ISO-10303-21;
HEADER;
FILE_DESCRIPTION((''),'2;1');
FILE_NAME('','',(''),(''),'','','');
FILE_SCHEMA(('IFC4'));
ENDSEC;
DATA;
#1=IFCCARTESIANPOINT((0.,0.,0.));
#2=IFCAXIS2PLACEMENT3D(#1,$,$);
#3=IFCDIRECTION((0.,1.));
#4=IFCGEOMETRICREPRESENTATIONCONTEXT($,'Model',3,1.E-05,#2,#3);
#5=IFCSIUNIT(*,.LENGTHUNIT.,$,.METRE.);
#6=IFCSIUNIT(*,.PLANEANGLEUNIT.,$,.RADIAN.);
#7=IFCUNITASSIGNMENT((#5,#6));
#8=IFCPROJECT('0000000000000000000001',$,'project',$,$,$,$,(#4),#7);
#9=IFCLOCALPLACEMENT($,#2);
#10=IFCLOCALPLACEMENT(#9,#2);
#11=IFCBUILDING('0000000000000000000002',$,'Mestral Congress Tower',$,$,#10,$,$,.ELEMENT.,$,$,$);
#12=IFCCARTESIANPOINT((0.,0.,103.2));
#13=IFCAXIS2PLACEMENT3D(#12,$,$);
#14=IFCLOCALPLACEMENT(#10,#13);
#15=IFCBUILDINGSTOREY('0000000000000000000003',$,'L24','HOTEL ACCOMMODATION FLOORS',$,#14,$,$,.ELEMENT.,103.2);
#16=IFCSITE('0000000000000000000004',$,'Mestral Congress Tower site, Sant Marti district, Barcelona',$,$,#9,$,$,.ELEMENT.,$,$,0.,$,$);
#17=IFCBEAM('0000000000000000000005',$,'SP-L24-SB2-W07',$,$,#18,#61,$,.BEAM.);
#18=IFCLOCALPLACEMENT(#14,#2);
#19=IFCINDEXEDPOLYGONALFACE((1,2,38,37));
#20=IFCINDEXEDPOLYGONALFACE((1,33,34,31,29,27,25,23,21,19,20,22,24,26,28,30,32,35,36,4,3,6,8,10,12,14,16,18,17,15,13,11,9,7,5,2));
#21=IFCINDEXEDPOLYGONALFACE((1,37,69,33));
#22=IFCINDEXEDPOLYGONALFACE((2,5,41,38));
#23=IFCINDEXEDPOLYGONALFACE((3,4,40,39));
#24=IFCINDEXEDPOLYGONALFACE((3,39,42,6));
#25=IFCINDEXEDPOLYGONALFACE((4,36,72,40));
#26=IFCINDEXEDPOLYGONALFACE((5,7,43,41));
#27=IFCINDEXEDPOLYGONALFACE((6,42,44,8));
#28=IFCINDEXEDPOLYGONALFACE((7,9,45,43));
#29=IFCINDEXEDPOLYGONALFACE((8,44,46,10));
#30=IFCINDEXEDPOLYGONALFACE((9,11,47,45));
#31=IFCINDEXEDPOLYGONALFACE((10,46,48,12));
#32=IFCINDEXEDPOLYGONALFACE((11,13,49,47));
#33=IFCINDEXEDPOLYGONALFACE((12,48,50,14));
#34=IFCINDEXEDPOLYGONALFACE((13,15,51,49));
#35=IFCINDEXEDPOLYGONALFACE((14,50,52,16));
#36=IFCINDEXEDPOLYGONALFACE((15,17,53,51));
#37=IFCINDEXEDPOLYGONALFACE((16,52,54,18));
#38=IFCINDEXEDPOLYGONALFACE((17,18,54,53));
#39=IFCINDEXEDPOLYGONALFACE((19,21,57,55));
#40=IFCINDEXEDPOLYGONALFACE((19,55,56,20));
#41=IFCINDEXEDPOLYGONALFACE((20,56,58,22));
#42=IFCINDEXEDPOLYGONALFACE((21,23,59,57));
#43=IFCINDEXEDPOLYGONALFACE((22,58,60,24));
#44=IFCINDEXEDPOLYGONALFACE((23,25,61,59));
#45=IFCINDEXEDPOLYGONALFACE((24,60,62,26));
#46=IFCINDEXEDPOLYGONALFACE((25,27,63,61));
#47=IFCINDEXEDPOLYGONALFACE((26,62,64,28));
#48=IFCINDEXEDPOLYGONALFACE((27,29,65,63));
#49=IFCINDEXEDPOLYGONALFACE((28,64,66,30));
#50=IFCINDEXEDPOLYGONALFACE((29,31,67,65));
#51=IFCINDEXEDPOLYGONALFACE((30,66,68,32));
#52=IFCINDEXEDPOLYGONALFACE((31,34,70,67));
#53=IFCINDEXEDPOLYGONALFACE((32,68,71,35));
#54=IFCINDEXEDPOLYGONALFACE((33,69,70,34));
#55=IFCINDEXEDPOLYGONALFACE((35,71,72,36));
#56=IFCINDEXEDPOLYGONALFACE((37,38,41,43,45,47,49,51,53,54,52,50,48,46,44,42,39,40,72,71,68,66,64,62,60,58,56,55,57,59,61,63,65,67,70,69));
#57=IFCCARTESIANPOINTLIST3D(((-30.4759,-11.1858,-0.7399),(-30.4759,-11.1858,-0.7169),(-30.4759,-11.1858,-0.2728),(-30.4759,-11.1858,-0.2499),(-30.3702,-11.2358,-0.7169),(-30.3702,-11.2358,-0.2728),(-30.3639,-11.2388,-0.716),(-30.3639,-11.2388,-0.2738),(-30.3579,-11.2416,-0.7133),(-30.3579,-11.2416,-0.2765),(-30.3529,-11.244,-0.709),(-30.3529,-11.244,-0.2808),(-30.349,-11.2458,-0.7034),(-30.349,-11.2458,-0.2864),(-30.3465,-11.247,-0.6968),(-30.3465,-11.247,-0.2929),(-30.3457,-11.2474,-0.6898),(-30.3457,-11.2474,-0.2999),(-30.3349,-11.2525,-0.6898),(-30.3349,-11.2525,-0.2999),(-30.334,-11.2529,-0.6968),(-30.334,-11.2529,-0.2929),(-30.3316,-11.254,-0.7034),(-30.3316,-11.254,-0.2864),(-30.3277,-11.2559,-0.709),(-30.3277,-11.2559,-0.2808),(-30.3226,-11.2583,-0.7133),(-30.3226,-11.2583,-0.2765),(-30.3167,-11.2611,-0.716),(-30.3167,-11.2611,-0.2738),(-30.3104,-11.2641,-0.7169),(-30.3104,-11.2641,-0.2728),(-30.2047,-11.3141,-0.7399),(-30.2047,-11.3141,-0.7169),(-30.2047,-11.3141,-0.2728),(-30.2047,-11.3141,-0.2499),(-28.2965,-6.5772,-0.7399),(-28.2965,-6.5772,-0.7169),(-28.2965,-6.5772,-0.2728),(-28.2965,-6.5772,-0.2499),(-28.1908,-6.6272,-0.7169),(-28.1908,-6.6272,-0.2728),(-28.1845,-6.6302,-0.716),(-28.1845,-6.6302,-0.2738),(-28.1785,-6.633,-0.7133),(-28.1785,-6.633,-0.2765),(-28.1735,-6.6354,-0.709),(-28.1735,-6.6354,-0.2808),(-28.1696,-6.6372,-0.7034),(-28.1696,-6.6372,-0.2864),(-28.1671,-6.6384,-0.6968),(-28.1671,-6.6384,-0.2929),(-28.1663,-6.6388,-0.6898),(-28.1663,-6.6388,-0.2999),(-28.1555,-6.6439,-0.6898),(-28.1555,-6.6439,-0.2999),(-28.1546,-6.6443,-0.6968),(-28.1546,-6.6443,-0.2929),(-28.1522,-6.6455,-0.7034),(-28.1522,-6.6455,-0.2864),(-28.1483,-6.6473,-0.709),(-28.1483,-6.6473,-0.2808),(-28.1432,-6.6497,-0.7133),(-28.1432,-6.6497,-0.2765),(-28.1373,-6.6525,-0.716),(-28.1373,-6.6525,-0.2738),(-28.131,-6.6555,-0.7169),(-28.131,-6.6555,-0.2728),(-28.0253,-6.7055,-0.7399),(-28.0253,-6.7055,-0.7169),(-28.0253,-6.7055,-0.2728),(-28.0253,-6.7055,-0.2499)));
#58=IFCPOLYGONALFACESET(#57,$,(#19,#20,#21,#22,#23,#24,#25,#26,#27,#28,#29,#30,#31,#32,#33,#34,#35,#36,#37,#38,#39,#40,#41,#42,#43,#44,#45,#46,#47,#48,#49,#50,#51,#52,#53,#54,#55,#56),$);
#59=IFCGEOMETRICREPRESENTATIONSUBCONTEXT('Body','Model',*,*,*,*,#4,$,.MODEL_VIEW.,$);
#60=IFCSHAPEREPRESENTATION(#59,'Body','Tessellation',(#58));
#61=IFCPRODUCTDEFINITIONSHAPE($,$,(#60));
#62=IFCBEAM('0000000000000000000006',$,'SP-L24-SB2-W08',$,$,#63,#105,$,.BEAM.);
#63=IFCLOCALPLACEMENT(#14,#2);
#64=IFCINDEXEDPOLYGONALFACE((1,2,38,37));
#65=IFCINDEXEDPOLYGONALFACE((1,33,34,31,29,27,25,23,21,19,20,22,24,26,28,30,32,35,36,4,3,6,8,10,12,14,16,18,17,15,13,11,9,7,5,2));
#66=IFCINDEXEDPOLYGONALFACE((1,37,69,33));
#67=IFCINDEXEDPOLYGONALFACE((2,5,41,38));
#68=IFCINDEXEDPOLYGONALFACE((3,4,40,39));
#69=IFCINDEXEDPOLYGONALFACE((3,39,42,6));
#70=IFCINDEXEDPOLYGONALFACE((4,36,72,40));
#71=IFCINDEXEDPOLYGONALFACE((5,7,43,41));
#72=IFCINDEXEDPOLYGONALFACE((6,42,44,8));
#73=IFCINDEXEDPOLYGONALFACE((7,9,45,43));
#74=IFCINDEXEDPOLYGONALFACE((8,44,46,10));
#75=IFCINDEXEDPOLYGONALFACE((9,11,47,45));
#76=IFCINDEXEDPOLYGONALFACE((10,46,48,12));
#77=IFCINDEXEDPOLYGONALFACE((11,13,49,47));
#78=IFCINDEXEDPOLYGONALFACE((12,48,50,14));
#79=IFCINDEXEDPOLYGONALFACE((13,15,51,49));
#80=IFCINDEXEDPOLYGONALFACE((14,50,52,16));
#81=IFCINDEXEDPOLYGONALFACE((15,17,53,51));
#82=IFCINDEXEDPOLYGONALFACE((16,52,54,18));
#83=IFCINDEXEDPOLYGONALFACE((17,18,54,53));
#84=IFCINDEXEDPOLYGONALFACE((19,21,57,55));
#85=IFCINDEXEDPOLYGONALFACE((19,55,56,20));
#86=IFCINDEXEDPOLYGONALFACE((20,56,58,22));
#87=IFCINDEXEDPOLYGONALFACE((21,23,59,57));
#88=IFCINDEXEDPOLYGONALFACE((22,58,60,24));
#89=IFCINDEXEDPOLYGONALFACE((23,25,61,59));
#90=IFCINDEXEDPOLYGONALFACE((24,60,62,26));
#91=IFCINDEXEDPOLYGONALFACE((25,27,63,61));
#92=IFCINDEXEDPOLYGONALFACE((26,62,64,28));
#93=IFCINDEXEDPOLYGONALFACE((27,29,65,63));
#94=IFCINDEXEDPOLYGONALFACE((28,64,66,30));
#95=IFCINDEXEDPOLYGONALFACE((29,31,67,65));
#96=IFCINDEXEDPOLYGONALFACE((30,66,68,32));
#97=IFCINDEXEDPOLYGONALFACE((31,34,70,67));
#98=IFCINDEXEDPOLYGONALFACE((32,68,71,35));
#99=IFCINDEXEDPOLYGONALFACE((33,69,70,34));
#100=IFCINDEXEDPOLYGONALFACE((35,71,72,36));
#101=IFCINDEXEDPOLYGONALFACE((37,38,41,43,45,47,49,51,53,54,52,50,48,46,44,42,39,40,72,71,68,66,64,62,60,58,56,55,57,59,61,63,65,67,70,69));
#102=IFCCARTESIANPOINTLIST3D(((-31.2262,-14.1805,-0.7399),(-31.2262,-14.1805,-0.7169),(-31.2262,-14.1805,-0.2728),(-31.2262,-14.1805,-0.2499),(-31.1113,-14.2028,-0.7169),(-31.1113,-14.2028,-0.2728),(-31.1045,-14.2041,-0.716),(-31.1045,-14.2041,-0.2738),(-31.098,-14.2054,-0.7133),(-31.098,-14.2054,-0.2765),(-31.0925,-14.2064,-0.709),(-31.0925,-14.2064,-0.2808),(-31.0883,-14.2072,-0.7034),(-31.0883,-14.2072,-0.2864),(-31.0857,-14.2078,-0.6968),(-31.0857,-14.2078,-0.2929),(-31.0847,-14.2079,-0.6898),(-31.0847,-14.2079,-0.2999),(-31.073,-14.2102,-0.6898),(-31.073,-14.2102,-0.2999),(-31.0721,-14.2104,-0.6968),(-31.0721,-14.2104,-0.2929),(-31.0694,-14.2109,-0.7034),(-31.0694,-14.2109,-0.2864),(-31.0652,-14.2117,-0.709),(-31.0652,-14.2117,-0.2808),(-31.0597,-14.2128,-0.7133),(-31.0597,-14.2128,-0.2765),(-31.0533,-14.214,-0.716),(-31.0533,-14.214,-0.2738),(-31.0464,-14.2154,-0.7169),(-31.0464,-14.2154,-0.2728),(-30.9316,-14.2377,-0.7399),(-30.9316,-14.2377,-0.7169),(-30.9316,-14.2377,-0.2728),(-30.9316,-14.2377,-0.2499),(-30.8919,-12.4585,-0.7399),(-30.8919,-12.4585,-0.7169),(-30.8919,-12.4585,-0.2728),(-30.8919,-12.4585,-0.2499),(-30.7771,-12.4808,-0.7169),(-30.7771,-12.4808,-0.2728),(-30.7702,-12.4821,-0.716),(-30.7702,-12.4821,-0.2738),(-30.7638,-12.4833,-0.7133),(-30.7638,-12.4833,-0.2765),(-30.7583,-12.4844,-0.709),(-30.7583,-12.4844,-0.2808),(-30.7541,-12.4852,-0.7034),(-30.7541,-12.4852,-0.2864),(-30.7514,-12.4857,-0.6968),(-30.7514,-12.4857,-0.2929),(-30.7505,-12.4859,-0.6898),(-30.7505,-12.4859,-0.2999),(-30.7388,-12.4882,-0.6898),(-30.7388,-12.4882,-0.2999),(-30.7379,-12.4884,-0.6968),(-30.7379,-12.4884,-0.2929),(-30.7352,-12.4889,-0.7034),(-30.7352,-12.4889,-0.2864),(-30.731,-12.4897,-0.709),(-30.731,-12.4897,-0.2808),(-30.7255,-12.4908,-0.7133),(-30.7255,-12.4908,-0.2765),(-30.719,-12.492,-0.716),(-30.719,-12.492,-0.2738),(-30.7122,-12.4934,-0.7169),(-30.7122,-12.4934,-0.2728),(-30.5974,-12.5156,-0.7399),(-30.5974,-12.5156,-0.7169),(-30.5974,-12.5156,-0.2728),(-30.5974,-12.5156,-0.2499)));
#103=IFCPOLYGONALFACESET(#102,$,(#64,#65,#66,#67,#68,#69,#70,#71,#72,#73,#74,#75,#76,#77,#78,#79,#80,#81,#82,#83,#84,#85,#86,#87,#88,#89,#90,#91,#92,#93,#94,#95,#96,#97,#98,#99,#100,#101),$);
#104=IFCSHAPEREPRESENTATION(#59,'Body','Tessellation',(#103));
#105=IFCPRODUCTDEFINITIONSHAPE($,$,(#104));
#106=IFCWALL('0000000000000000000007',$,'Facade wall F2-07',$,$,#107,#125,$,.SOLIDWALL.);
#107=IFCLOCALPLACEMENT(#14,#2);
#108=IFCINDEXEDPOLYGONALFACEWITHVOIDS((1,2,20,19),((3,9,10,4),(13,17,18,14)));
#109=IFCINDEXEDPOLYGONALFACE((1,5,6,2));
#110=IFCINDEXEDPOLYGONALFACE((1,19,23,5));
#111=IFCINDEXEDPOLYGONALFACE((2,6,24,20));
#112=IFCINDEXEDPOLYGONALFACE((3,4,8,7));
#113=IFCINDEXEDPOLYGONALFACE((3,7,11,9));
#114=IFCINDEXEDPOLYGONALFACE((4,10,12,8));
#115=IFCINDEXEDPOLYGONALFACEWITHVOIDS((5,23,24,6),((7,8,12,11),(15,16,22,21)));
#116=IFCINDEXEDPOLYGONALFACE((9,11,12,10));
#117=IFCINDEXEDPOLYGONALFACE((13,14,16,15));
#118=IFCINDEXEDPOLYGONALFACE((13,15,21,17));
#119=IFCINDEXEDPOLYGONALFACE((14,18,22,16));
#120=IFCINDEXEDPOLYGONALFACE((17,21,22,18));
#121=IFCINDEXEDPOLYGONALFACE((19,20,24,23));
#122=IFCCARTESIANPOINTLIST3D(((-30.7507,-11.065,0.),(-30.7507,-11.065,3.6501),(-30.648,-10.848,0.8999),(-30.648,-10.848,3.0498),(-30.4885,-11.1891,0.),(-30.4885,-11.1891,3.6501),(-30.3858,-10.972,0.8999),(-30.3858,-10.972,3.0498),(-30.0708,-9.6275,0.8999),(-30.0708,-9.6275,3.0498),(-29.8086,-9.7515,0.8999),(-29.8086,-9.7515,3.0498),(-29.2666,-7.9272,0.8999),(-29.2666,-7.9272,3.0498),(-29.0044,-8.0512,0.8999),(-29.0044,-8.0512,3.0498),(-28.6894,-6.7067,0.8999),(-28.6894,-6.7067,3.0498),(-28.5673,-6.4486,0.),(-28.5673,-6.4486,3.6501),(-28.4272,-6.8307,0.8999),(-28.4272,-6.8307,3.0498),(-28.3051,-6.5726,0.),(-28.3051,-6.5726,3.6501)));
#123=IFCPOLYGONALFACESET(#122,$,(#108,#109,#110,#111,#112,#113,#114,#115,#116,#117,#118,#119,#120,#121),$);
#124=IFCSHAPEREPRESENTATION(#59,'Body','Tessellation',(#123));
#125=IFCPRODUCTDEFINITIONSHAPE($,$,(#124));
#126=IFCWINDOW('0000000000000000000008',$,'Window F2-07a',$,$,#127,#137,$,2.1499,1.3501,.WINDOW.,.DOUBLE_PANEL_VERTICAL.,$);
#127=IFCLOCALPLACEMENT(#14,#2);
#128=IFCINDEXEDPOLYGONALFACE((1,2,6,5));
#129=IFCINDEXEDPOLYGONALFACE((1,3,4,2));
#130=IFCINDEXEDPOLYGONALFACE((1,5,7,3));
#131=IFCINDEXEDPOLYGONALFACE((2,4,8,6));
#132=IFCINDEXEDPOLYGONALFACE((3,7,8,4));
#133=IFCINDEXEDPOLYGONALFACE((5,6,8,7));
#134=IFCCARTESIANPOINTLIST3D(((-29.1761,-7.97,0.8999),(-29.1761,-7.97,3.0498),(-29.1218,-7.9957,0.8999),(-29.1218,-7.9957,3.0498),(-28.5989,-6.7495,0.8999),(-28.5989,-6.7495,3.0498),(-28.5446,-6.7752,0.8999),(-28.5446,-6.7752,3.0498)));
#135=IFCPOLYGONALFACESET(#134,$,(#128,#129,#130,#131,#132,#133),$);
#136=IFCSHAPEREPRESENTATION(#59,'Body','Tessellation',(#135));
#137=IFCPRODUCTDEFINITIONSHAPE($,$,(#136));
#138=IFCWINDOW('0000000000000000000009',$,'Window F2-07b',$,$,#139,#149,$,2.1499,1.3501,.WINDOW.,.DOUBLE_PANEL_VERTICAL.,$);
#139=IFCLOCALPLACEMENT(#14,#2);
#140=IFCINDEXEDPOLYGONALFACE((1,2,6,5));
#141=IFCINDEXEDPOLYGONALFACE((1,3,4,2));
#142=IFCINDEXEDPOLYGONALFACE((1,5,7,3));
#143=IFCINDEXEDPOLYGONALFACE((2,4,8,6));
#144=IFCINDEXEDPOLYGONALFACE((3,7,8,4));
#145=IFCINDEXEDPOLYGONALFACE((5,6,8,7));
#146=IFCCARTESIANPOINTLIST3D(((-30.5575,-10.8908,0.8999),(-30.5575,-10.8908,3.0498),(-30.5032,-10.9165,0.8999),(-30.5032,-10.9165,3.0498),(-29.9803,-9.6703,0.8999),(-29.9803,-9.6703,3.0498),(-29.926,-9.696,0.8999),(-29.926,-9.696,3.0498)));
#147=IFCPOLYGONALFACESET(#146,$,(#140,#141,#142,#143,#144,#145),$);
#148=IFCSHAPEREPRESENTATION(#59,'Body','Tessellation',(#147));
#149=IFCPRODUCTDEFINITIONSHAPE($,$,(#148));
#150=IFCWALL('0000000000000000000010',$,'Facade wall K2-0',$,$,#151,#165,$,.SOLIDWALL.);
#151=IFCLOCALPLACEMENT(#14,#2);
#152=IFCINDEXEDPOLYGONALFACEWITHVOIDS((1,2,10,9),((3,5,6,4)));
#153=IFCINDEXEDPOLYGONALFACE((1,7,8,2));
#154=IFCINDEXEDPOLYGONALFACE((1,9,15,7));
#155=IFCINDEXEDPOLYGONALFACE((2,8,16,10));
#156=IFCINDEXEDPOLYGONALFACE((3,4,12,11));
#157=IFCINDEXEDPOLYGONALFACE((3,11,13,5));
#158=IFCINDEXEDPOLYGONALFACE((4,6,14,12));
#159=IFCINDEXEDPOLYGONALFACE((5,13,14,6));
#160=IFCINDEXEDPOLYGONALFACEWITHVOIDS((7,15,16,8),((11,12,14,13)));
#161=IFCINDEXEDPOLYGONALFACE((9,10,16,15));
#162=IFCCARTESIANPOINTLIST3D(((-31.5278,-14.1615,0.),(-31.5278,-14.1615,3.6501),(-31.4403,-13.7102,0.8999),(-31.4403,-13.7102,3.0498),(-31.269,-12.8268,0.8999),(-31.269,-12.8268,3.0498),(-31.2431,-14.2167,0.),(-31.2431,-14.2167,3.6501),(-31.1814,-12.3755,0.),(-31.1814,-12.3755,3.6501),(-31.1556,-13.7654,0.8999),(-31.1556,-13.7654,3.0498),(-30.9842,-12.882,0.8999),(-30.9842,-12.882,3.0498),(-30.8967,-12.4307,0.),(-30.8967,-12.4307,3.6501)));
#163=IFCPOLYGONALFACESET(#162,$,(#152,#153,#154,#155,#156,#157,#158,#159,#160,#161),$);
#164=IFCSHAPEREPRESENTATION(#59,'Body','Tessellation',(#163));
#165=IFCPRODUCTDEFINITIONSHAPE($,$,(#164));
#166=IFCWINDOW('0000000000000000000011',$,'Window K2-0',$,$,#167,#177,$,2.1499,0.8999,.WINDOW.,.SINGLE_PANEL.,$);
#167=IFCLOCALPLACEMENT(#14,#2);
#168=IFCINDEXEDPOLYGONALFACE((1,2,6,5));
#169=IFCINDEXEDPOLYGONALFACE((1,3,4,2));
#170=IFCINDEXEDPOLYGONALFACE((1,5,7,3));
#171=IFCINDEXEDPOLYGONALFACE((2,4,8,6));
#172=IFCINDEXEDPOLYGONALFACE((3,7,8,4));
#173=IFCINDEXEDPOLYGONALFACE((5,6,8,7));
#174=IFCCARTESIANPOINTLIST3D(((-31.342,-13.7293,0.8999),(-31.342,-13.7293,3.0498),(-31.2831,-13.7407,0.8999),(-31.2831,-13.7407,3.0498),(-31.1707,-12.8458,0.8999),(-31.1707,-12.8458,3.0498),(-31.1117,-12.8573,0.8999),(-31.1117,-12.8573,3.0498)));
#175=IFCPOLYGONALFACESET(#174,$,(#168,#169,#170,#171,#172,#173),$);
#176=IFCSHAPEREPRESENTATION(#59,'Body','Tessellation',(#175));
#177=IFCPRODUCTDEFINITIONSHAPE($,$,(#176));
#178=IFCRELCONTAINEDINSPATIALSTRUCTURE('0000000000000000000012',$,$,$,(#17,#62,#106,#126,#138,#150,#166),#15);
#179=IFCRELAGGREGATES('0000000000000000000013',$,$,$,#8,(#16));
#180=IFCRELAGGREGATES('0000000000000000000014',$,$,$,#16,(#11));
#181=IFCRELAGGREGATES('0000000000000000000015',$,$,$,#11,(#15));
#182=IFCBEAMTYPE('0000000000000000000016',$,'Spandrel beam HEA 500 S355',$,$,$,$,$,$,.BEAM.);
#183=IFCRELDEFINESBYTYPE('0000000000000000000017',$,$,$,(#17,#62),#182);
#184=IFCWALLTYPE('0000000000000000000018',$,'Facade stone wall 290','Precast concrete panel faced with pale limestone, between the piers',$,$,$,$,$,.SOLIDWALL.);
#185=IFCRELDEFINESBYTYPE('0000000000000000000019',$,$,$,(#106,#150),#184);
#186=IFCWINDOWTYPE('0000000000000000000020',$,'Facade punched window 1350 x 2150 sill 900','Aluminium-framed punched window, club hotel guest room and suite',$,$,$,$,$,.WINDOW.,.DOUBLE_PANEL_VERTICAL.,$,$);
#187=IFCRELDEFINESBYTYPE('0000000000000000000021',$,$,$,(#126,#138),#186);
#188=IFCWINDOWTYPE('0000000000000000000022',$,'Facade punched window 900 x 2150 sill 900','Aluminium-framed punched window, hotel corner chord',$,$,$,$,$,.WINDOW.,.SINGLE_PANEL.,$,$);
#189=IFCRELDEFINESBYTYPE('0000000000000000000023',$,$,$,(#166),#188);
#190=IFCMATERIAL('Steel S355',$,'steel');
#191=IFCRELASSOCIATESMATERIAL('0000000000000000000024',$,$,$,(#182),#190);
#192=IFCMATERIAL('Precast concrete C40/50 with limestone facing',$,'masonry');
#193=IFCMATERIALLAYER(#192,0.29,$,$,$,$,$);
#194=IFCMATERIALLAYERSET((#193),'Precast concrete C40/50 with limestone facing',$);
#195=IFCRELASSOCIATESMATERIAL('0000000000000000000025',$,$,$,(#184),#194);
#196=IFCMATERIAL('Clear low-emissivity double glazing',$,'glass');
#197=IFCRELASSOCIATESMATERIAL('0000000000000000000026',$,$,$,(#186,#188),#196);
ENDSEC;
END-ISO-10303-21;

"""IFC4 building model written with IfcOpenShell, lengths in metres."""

from ifc_helpers import new_model, si_unit, direction, frame, frame_2d, origin, origin_2d, place, context, subcontext, project, spatial, rectangle, i_section, extrude, material, layer, layer_set, material_profile, profile_set, type_object, element, fill, save


model = new_model("IFC4")

# Units and contexts
model_context = context("Model", 3, precision=1e-05, world=origin(), true_north=direction((0.0, 1.0)))
body_context = subcontext(model_context, "Body", "Model", "MODEL_VIEW")
ifc_project = project(units=[si_unit("LENGTHUNIT", "METRE"), si_unit("PLANEANGLEUNIT", "RADIAN")], contexts=[model_context])

# Site, building, storey
site_placement = place(None, origin())
site = spatial("IfcSite", under=ifc_project, at=site_placement, Name="Mestral Congress Tower site, Sant Marti district, Barcelona", CompositionType="ELEMENT", RefElevation=0.0)
building_placement = place(site_placement, origin())
building = spatial("IfcBuilding", under=site, at=building_placement, Name="Mestral Congress Tower", CompositionType="ELEMENT")
storey_placement = place(building_placement, frame((0.0, 0.0, 103.2)))
storey = spatial("IfcBuildingStorey", under=building, at=storey_placement, Name="L24", Description="HOTEL ACCOMMODATION FLOORS", CompositionType="ELEMENT", Elevation=103.2)

# Beams
ifc_material_1 = material(Name="Steel S355", Category="steel")
ifc_material_profile_1 = material_profile(ifc_material_1, i_section(OverallWidth=0.3, OverallDepth=0.49, WebThickness=0.012, FlangeThickness=0.0229, FilletRadius=0.0271, at=origin_2d()), Name="HEA 500")
ifc_profile_set_1 = profile_set([ifc_material_profile_1], Name="Steel S355")
beam_type_1 = type_object("IfcBeamType", Name="Spandrel beam HEA 500 S355", PredefinedType="BEAM", material=ifc_profile_set_1)
beam_1_placement = place(storey_placement, frame((-28.1609, -6.6414, -0.4949), z_axis=(-0.42751, -0.904011, 0.0), x_axis=(0.904011, -0.42751, 0.0)))
element("IfcBeam", 1, at=beam_1_placement, inside=storey, type_object=beam_type_1, Name="SP-L24-SB2-W07", PredefinedType="BEAM", context=body_context, shape_type="SweptSolid", body=[
    extrude(i_section(OverallWidth=0.3, OverallDepth=0.49, WebThickness=0.012, FlangeThickness=0.0229, FilletRadius=0.0271, at=origin_2d()), origin(), (0.0, 0.0, 1.0), 5.0979),
])
beam_2_placement = place(storey_placement, frame((-30.7446, -12.4871, -0.4949), z_axis=(-0.190546, -0.981678, 0.0), x_axis=(0.981678, -0.190546, 0.0)))
element("IfcBeam", 2, at=beam_2_placement, inside=storey, type_object=beam_type_1, Name="SP-L24-SB2-W08", PredefinedType="BEAM", context=body_context, shape_type="SweptSolid", body=[
    extrude(i_section(OverallWidth=0.3, OverallDepth=0.49, WebThickness=0.012, FlangeThickness=0.0229, FilletRadius=0.0271, at=origin_2d()), origin(), (0.0, 0.0, 1.0), 1.7542),
])

# Wall, openings, windows
ifc_material_2 = material(Name="Precast concrete C40/50 with limestone facing", Category="masonry")
ifc_layer_1 = layer(ifc_material_2, 0.29)
ifc_layer_set_1 = layer_set([ifc_layer_1], Name="Precast concrete C40/50 with limestone facing")
wall_type_1 = type_object("IfcWallType", Name="Facade stone wall 290", Description="Precast concrete panel faced with pale limestone, between the piers", PredefinedType="SOLIDWALL", material=ifc_layer_set_1)
wall_1_placement = place(storey_placement, frame((-28.4363, -6.5107, 0.0), z_axis=(0.0, 0.0, 1.0), x_axis=(-0.427544, -0.903995, 0.0)))
wall_1 = element("IfcWall", 3, at=wall_1_placement, inside=storey, type_object=wall_type_1, Name="Facade wall F2-07", PredefinedType="SOLIDWALL", context=body_context, shape_type="SweptSolid", body=[
    extrude(rectangle(XDim=5.1067, YDim=0.29, at=frame_2d((2.5532, 0.0))), origin(), (0.0, 0.0, 1.0), 3.6501),
])
opening_1_placement = place(wall_1_placement, frame((0.2854, 0.0, 0.8999)))
opening_1 = element("IfcOpeningElement", 4, at=opening_1_placement, cuts=wall_1, PredefinedType="OPENING", context=body_context, shape_type="SweptSolid", body=[
    extrude(rectangle(XDim=1.3501, YDim=2.1499, at=frame_2d((0.675, 1.075))), frame((0.0, 0.155, 0.0), z_axis=(0.0, -1.0, 0.0), x_axis=(1.0, 0.0, 0.0)), (0.0, 0.0, 1.0), 0.3101),
])
opening_2_placement = place(wall_1_placement, frame((3.5164, 0.0, 0.8999)))
opening_2 = element("IfcOpeningElement", 5, at=opening_2_placement, cuts=wall_1, PredefinedType="OPENING", context=body_context, shape_type="SweptSolid", body=[
    extrude(rectangle(XDim=1.3501, YDim=2.1499, at=frame_2d((0.675, 1.075))), frame((0.0, 0.155, 0.0), z_axis=(0.0, -1.0, 0.0), x_axis=(1.0, 0.0, 0.0)), (0.0, 0.0, 1.0), 0.3101),
])
ifc_material_3 = material(Name="Clear low-emissivity double glazing", Category="glass")
window_type_1 = type_object("IfcWindowType", Name="Facade punched window 1350 x 2150 sill 900", Description="Aluminium-framed punched window, club hotel guest room and suite", PartitioningType="DOUBLE_PANEL_VERTICAL", PredefinedType="WINDOW", material=ifc_material_3)
window_1_placement = place(opening_1_placement, origin())
window_1 = element("IfcWindow", 6, at=window_1_placement, inside=storey, type_object=window_type_1, Name="Window F2-07a", OverallHeight=2.1499, OverallWidth=1.3501, PartitioningType="DOUBLE_PANEL_VERTICAL", PredefinedType="WINDOW", context=body_context, shape_type="SweptSolid", body=[
    extrude(rectangle(XDim=1.3501, YDim=2.1499, at=frame_2d((0.675, 1.075))), frame((0.0, 0.0151, 0.0), z_axis=(0.0, -1.0, 0.0), x_axis=(1.0, 0.0, 0.0)), (0.0, 0.0, 1.0), 0.0601),
])
fill(opening_1, window_1)
window_2_placement = place(opening_2_placement, origin())
window_2 = element("IfcWindow", 7, at=window_2_placement, inside=storey, type_object=window_type_1, Name="Window F2-07b", OverallHeight=2.1499, OverallWidth=1.3501, PartitioningType="DOUBLE_PANEL_VERTICAL", PredefinedType="WINDOW", context=body_context, shape_type="SweptSolid", body=[
    extrude(rectangle(XDim=1.3501, YDim=2.1499, at=frame_2d((0.675, 1.075))), frame((0.0, 0.0151, 0.0), z_axis=(0.0, -1.0, 0.0), x_axis=(1.0, 0.0, 0.0)), (0.0, 0.0, 1.0), 0.0601),
])
fill(opening_2, window_2)

# Wall, opening, window
wall_2_placement = place(storey_placement, frame((-31.0391, -12.4031, 0.0), z_axis=(0.0, 0.0, 1.0), x_axis=(-0.19041, -0.981705, 0.0)))
wall_2 = element("IfcWall", 8, at=wall_2_placement, inside=storey, type_object=wall_type_1, Name="Facade wall K2-0", PredefinedType="SOLIDWALL", context=body_context, shape_type="SweptSolid", body=[
    extrude(rectangle(XDim=1.8193, YDim=0.29, at=frame_2d((0.9097, 0.0))), origin(), (0.0, 0.0, 1.0), 3.6501),
])
opening_3_placement = place(wall_2_placement, frame((0.4597, 0.0, 0.8999)))
opening_3 = element("IfcOpeningElement", 9, at=opening_3_placement, cuts=wall_2, PredefinedType="OPENING", context=body_context, shape_type="SweptSolid", body=[
    extrude(rectangle(XDim=0.8999, YDim=2.1499, at=frame_2d((0.45, 1.075))), frame((0.0, 0.155, 0.0), z_axis=(0.0, -1.0, 0.0), x_axis=(1.0, 0.0, 0.0)), (0.0, 0.0, 1.0), 0.3101),
])
window_type_2 = type_object("IfcWindowType", Name="Facade punched window 900 x 2150 sill 900", Description="Aluminium-framed punched window, hotel corner chord", PartitioningType="SINGLE_PANEL", PredefinedType="WINDOW", material=ifc_material_3)
window_3_placement = place(opening_3_placement, origin())
window_3 = element("IfcWindow", 10, at=window_3_placement, inside=storey, type_object=window_type_2, Name="Window K2-0", OverallHeight=2.1499, OverallWidth=0.8999, PartitioningType="SINGLE_PANEL", PredefinedType="WINDOW", context=body_context, shape_type="SweptSolid", body=[
    extrude(rectangle(XDim=0.8999, YDim=2.1499, at=frame_2d((0.45, 1.075))), frame((0.0, 0.0151, 0.0), z_axis=(0.0, -1.0, 0.0), x_axis=(1.0, 0.0, 0.0)), (0.0, 0.0, 1.0), 0.0601),
])
fill(opening_3, window_3)

save(model, "model.ifc")
